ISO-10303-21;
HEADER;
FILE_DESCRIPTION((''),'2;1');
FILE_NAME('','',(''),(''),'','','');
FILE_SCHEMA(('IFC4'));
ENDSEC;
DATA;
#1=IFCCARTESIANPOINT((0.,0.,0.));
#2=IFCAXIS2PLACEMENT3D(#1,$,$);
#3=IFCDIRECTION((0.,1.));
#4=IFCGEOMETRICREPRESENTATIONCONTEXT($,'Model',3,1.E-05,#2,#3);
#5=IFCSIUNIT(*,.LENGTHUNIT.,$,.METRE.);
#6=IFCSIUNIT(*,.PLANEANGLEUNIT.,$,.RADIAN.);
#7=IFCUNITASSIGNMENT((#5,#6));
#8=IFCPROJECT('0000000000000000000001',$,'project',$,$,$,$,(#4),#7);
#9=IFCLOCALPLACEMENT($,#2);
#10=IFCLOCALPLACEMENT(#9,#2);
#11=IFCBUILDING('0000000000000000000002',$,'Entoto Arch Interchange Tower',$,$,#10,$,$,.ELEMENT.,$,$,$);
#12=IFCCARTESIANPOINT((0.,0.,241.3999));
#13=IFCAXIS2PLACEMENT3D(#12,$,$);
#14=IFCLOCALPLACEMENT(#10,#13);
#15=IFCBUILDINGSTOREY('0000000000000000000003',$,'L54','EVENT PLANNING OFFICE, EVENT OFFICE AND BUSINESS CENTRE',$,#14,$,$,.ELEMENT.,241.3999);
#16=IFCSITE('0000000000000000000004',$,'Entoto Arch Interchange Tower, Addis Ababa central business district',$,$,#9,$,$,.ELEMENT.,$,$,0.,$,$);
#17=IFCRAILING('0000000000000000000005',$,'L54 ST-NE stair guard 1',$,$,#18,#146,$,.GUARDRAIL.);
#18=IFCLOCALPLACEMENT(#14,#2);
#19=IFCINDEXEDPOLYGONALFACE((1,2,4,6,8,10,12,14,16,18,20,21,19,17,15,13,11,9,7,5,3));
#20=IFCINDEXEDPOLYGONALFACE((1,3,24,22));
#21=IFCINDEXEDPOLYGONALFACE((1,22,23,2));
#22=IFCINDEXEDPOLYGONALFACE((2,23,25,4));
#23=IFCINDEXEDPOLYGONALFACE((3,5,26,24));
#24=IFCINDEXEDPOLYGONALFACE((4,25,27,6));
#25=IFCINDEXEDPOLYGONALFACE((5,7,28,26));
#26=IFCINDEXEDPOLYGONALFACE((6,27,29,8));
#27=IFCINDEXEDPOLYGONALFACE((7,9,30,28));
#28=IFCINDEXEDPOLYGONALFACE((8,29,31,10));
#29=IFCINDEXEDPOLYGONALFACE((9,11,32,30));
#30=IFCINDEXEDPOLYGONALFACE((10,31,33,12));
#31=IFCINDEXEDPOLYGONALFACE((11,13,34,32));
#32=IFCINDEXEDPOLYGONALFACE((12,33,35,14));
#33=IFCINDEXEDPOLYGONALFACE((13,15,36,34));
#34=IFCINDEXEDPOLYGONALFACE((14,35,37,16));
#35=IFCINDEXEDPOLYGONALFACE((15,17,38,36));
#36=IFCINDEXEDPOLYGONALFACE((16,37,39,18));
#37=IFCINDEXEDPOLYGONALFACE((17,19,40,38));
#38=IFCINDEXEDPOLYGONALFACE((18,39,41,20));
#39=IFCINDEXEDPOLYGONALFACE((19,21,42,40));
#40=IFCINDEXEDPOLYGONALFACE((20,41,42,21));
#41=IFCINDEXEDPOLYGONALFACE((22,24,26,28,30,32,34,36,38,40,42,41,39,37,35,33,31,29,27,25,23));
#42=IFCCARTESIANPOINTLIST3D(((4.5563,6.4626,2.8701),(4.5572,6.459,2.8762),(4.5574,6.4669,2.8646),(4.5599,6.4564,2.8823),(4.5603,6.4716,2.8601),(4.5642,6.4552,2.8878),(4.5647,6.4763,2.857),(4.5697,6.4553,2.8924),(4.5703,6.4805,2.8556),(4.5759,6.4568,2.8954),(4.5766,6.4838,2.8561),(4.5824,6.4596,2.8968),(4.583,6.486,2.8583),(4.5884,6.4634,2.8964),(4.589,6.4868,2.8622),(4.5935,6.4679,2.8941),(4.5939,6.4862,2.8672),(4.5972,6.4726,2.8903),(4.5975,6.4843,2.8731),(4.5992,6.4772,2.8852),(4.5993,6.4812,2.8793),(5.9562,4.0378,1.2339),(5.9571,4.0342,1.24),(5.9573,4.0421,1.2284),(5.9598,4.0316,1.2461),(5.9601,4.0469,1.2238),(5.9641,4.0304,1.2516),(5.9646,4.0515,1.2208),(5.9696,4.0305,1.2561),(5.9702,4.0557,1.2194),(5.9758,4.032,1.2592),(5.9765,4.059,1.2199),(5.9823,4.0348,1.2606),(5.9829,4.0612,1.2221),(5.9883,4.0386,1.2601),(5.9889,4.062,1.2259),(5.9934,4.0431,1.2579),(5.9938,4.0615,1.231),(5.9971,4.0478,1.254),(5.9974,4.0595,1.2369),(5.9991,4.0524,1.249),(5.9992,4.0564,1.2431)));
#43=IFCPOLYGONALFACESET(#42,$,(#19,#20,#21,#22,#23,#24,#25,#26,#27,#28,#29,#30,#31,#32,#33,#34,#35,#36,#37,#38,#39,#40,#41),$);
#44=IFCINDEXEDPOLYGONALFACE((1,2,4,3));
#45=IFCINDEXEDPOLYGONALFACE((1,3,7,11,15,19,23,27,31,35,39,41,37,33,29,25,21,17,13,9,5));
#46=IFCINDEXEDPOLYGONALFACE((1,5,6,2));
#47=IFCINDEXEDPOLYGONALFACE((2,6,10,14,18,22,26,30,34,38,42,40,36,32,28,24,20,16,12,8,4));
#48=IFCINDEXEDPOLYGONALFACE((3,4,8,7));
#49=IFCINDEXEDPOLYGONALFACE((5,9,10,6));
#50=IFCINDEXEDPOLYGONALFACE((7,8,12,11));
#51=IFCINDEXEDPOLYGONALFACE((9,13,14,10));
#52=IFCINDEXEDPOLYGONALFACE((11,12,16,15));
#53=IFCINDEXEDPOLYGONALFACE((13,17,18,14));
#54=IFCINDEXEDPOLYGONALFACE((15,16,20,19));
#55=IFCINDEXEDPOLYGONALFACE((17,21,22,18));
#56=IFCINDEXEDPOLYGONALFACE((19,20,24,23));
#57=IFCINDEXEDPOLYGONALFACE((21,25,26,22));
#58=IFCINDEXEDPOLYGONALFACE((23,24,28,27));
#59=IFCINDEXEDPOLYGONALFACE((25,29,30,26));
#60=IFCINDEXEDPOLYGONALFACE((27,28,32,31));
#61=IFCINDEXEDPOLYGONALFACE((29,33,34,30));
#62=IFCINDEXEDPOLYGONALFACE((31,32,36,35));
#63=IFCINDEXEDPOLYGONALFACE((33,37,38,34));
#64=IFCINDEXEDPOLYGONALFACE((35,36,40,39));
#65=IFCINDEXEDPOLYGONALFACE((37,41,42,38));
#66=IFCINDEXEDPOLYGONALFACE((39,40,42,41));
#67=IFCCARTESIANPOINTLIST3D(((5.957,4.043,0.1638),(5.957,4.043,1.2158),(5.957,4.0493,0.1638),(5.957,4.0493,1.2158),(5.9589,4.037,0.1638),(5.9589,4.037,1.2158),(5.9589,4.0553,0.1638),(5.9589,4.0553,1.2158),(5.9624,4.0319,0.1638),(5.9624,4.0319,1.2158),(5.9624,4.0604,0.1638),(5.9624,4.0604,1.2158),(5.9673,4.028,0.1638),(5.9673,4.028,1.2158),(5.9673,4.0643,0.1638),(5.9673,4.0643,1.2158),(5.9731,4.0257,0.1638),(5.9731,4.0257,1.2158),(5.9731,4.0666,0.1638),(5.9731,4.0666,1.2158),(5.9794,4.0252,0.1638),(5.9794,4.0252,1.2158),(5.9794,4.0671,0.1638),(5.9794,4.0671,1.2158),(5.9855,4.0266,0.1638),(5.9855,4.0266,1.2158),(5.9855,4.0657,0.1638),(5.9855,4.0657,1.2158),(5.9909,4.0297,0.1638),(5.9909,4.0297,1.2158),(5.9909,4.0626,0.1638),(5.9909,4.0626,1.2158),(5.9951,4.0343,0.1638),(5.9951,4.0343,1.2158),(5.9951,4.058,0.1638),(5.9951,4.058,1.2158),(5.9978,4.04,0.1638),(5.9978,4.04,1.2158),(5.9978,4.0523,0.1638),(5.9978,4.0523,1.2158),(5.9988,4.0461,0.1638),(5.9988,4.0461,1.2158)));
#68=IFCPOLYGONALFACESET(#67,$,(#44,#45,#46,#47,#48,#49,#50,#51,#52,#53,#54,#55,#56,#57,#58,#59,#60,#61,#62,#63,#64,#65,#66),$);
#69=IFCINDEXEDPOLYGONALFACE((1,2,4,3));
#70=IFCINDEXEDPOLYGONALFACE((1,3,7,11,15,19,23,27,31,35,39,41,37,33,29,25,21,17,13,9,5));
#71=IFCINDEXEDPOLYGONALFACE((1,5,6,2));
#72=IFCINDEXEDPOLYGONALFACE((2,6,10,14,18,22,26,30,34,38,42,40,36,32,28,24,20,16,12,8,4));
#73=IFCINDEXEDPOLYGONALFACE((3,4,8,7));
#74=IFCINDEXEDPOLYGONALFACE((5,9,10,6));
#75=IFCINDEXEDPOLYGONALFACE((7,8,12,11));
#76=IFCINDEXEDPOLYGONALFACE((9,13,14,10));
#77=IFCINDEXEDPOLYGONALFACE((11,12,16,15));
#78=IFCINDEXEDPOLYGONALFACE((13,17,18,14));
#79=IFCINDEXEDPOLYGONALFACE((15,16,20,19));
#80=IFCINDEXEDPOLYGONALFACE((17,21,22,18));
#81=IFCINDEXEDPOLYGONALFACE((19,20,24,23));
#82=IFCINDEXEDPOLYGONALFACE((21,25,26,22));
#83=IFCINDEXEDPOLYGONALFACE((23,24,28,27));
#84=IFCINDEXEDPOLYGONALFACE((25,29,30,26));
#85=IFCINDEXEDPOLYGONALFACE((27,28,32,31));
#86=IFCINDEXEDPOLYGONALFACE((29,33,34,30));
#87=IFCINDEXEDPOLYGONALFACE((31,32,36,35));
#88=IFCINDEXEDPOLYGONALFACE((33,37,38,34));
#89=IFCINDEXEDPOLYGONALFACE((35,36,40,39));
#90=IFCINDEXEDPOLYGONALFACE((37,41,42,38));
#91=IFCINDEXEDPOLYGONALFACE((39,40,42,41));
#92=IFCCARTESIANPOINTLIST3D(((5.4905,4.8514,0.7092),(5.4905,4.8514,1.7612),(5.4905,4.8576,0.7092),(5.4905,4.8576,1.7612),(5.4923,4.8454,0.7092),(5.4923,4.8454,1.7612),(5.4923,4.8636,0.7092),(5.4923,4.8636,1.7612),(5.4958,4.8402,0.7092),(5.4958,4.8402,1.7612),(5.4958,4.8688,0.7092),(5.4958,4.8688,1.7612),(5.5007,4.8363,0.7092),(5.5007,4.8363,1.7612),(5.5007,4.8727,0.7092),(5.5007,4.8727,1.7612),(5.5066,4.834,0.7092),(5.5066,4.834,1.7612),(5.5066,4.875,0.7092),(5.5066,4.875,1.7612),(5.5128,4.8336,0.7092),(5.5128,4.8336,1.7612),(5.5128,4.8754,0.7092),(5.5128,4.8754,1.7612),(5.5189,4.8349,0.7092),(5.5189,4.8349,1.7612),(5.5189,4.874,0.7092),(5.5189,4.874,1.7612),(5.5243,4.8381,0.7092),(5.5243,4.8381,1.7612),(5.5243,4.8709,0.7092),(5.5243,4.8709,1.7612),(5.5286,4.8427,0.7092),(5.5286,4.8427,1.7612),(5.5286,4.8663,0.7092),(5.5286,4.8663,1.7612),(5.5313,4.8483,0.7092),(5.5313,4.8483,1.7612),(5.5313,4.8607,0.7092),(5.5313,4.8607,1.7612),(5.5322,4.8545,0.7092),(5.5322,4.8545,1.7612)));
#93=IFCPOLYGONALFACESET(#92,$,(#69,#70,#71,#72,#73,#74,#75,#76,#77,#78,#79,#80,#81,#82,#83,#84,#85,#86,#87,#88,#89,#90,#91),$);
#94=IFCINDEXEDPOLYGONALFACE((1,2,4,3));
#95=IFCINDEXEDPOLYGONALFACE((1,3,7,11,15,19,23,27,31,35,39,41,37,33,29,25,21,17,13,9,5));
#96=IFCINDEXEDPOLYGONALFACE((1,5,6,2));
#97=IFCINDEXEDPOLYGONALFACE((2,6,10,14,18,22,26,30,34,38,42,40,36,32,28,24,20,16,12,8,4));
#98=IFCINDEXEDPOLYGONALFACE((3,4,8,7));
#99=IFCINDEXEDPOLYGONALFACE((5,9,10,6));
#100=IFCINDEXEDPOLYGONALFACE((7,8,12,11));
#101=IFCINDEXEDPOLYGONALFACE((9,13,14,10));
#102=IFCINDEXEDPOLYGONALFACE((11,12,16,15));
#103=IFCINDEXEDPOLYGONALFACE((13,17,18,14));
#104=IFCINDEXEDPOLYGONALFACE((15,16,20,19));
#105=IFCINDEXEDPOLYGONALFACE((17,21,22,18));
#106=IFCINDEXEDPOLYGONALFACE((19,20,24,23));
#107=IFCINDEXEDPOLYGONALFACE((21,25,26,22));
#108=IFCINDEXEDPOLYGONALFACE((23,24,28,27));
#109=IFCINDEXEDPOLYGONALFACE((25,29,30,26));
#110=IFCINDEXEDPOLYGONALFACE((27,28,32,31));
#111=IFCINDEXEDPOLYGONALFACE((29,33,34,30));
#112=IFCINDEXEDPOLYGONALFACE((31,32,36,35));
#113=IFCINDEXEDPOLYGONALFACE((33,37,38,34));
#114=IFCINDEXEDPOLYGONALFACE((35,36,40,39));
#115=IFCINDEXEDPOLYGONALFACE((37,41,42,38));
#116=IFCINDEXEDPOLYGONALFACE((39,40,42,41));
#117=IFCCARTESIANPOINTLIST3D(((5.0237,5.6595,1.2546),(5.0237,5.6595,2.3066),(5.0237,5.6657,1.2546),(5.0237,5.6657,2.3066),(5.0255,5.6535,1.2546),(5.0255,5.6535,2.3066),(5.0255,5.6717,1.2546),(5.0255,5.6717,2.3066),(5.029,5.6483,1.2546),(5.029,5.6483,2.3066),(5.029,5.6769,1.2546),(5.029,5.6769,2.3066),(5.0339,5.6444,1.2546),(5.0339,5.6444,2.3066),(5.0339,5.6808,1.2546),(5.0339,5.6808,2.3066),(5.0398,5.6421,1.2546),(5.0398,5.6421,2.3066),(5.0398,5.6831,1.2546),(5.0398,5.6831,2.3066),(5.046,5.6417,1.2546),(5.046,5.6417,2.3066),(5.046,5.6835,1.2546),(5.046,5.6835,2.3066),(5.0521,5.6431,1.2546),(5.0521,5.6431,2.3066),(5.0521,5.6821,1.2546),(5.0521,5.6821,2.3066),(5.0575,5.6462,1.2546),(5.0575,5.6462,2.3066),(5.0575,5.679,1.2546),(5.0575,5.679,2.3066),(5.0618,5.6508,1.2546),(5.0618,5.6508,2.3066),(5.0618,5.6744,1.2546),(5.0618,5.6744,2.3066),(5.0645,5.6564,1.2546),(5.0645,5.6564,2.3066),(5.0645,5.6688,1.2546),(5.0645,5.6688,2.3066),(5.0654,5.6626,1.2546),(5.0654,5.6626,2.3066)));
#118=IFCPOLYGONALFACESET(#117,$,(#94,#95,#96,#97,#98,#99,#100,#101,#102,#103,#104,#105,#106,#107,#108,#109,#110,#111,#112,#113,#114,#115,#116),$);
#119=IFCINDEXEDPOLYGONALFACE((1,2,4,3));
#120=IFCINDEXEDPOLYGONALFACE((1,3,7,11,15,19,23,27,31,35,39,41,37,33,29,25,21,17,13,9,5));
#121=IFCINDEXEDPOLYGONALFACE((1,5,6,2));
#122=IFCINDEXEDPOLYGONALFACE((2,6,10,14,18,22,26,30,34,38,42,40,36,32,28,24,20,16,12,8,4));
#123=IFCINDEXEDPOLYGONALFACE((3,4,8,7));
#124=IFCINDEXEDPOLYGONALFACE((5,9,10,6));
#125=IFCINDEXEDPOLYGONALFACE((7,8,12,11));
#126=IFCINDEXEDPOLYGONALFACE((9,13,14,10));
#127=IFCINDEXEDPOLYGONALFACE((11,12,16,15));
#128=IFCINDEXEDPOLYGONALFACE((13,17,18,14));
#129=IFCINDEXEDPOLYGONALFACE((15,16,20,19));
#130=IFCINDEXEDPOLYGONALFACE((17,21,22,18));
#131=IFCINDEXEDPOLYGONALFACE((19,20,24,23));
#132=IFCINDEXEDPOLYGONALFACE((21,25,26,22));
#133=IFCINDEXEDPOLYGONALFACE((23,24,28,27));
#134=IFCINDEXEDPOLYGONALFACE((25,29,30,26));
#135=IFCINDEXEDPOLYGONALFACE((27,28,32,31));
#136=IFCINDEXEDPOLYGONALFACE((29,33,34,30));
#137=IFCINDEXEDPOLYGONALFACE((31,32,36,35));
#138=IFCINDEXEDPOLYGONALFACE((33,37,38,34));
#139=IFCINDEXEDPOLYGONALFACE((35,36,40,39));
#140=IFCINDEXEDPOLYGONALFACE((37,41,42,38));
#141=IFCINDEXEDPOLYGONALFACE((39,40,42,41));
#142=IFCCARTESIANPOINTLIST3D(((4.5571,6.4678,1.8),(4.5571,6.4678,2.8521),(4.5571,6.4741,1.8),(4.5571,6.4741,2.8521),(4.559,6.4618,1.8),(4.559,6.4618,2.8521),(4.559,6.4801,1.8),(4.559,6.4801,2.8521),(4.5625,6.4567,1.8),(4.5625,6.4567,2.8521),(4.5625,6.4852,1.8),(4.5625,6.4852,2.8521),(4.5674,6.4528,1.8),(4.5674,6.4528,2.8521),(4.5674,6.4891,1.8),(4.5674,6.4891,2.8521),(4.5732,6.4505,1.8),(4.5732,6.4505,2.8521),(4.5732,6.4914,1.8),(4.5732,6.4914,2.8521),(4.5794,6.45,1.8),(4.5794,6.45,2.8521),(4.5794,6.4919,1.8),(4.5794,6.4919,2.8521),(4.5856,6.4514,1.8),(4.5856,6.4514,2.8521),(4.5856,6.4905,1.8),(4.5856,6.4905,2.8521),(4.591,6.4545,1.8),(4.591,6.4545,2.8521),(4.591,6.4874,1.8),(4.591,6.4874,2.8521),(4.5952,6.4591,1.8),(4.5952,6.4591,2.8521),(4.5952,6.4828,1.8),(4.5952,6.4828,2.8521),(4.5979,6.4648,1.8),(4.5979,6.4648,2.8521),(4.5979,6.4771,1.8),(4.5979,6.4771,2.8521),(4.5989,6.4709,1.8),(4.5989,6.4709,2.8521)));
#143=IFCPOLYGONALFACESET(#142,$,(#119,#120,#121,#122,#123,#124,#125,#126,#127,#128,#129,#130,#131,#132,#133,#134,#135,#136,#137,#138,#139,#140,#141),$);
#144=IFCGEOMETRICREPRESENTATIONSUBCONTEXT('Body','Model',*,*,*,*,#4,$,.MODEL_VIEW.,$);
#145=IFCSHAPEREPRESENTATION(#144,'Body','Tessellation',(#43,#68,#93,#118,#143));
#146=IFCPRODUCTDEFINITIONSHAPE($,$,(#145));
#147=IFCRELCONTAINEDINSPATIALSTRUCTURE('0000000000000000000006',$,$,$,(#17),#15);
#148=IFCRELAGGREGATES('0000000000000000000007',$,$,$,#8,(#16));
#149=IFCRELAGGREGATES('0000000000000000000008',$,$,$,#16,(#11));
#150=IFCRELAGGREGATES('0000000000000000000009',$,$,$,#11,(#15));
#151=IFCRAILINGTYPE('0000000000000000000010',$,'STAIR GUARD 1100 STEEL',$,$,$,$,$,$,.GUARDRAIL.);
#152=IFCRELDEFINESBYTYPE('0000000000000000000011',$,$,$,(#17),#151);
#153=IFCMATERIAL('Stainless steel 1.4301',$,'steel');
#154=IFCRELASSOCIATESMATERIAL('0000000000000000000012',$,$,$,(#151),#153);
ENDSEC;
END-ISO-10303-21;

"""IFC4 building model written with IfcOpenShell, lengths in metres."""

from ifc_helpers import new_model, si_unit, direction, frame, origin, origin_2d, place, context, subcontext, project, spatial, circle, extrude, material, type_object, element, save


model = new_model("IFC4")

# Units and contexts
model_context = context("Model", 3, precision=1e-05, world=origin(), true_north=direction((0.0, 1.0)))
body_context = subcontext(model_context, "Body", "Model", "MODEL_VIEW")
ifc_project = project(units=[si_unit("LENGTHUNIT", "METRE"), si_unit("PLANEANGLEUNIT", "RADIAN")], contexts=[model_context])

# Site, building, storey
site_placement = place(None, origin())
site = spatial("IfcSite", under=ifc_project, at=site_placement, Name="Entoto Arch Interchange Tower, Addis Ababa central business district", CompositionType="ELEMENT", RefElevation=0.0)
building_placement = place(site_placement, origin())
building = spatial("IfcBuilding", under=site, at=building_placement, Name="Entoto Arch Interchange Tower", CompositionType="ELEMENT")
storey_placement = place(building_placement, frame((0.0, 0.0, 241.3999)))
storey = spatial("IfcBuildingStorey", under=building, at=storey_placement, Name="L54", Description="EVENT PLANNING OFFICE, EVENT OFFICE AND BUSINESS CENTRE", CompositionType="ELEMENT", Elevation=241.3999)

# Railing
ifc_material_1 = material(Name="Stainless steel 1.4301", Category="steel")
railing_type_1 = type_object("IfcRailingType", Name="STAIR GUARD 1100 STEEL", PredefinedType="GUARDRAIL", material=ifc_material_1)
railing_1_placement = place(storey_placement, frame((5.9778, 4.0461, 0.1638)))
element("IfcRailing", 1, at=railing_1_placement, inside=storey, type_object=railing_type_1, Name="L54 ST-NE stair guard 1", PredefinedType="GUARDRAIL", context=body_context, shape_type="SweptSolid", body=[
    extrude(circle(Radius=0.0239, at=origin_2d()), frame((0.0, 0.0, 1.0762), z_axis=(-0.431677, 0.747718, 0.504552), x_axis=(-0.866035, -0.499984, 0.0)), (0.0, 0.0, 1.0), 3.2429),
    extrude(circle(Radius=0.021, at=origin_2d()), origin(), (0.0, 0.0, 1.0), 1.052),
    extrude(circle(Radius=0.021, at=origin_2d()), frame((-0.4666, 0.8083, 0.5454)), (0.0, 0.0, 1.0), 1.052),
    extrude(circle(Radius=0.021, at=origin_2d()), frame((-0.9333, 1.6165, 1.0908)), (0.0, 0.0, 1.0), 1.052),
    extrude(circle(Radius=0.021, at=origin_2d()), frame((-1.3999, 2.4248, 1.6362)), (0.0, 0.0, 1.0), 1.052),
])

save(model, "model.ifc")
